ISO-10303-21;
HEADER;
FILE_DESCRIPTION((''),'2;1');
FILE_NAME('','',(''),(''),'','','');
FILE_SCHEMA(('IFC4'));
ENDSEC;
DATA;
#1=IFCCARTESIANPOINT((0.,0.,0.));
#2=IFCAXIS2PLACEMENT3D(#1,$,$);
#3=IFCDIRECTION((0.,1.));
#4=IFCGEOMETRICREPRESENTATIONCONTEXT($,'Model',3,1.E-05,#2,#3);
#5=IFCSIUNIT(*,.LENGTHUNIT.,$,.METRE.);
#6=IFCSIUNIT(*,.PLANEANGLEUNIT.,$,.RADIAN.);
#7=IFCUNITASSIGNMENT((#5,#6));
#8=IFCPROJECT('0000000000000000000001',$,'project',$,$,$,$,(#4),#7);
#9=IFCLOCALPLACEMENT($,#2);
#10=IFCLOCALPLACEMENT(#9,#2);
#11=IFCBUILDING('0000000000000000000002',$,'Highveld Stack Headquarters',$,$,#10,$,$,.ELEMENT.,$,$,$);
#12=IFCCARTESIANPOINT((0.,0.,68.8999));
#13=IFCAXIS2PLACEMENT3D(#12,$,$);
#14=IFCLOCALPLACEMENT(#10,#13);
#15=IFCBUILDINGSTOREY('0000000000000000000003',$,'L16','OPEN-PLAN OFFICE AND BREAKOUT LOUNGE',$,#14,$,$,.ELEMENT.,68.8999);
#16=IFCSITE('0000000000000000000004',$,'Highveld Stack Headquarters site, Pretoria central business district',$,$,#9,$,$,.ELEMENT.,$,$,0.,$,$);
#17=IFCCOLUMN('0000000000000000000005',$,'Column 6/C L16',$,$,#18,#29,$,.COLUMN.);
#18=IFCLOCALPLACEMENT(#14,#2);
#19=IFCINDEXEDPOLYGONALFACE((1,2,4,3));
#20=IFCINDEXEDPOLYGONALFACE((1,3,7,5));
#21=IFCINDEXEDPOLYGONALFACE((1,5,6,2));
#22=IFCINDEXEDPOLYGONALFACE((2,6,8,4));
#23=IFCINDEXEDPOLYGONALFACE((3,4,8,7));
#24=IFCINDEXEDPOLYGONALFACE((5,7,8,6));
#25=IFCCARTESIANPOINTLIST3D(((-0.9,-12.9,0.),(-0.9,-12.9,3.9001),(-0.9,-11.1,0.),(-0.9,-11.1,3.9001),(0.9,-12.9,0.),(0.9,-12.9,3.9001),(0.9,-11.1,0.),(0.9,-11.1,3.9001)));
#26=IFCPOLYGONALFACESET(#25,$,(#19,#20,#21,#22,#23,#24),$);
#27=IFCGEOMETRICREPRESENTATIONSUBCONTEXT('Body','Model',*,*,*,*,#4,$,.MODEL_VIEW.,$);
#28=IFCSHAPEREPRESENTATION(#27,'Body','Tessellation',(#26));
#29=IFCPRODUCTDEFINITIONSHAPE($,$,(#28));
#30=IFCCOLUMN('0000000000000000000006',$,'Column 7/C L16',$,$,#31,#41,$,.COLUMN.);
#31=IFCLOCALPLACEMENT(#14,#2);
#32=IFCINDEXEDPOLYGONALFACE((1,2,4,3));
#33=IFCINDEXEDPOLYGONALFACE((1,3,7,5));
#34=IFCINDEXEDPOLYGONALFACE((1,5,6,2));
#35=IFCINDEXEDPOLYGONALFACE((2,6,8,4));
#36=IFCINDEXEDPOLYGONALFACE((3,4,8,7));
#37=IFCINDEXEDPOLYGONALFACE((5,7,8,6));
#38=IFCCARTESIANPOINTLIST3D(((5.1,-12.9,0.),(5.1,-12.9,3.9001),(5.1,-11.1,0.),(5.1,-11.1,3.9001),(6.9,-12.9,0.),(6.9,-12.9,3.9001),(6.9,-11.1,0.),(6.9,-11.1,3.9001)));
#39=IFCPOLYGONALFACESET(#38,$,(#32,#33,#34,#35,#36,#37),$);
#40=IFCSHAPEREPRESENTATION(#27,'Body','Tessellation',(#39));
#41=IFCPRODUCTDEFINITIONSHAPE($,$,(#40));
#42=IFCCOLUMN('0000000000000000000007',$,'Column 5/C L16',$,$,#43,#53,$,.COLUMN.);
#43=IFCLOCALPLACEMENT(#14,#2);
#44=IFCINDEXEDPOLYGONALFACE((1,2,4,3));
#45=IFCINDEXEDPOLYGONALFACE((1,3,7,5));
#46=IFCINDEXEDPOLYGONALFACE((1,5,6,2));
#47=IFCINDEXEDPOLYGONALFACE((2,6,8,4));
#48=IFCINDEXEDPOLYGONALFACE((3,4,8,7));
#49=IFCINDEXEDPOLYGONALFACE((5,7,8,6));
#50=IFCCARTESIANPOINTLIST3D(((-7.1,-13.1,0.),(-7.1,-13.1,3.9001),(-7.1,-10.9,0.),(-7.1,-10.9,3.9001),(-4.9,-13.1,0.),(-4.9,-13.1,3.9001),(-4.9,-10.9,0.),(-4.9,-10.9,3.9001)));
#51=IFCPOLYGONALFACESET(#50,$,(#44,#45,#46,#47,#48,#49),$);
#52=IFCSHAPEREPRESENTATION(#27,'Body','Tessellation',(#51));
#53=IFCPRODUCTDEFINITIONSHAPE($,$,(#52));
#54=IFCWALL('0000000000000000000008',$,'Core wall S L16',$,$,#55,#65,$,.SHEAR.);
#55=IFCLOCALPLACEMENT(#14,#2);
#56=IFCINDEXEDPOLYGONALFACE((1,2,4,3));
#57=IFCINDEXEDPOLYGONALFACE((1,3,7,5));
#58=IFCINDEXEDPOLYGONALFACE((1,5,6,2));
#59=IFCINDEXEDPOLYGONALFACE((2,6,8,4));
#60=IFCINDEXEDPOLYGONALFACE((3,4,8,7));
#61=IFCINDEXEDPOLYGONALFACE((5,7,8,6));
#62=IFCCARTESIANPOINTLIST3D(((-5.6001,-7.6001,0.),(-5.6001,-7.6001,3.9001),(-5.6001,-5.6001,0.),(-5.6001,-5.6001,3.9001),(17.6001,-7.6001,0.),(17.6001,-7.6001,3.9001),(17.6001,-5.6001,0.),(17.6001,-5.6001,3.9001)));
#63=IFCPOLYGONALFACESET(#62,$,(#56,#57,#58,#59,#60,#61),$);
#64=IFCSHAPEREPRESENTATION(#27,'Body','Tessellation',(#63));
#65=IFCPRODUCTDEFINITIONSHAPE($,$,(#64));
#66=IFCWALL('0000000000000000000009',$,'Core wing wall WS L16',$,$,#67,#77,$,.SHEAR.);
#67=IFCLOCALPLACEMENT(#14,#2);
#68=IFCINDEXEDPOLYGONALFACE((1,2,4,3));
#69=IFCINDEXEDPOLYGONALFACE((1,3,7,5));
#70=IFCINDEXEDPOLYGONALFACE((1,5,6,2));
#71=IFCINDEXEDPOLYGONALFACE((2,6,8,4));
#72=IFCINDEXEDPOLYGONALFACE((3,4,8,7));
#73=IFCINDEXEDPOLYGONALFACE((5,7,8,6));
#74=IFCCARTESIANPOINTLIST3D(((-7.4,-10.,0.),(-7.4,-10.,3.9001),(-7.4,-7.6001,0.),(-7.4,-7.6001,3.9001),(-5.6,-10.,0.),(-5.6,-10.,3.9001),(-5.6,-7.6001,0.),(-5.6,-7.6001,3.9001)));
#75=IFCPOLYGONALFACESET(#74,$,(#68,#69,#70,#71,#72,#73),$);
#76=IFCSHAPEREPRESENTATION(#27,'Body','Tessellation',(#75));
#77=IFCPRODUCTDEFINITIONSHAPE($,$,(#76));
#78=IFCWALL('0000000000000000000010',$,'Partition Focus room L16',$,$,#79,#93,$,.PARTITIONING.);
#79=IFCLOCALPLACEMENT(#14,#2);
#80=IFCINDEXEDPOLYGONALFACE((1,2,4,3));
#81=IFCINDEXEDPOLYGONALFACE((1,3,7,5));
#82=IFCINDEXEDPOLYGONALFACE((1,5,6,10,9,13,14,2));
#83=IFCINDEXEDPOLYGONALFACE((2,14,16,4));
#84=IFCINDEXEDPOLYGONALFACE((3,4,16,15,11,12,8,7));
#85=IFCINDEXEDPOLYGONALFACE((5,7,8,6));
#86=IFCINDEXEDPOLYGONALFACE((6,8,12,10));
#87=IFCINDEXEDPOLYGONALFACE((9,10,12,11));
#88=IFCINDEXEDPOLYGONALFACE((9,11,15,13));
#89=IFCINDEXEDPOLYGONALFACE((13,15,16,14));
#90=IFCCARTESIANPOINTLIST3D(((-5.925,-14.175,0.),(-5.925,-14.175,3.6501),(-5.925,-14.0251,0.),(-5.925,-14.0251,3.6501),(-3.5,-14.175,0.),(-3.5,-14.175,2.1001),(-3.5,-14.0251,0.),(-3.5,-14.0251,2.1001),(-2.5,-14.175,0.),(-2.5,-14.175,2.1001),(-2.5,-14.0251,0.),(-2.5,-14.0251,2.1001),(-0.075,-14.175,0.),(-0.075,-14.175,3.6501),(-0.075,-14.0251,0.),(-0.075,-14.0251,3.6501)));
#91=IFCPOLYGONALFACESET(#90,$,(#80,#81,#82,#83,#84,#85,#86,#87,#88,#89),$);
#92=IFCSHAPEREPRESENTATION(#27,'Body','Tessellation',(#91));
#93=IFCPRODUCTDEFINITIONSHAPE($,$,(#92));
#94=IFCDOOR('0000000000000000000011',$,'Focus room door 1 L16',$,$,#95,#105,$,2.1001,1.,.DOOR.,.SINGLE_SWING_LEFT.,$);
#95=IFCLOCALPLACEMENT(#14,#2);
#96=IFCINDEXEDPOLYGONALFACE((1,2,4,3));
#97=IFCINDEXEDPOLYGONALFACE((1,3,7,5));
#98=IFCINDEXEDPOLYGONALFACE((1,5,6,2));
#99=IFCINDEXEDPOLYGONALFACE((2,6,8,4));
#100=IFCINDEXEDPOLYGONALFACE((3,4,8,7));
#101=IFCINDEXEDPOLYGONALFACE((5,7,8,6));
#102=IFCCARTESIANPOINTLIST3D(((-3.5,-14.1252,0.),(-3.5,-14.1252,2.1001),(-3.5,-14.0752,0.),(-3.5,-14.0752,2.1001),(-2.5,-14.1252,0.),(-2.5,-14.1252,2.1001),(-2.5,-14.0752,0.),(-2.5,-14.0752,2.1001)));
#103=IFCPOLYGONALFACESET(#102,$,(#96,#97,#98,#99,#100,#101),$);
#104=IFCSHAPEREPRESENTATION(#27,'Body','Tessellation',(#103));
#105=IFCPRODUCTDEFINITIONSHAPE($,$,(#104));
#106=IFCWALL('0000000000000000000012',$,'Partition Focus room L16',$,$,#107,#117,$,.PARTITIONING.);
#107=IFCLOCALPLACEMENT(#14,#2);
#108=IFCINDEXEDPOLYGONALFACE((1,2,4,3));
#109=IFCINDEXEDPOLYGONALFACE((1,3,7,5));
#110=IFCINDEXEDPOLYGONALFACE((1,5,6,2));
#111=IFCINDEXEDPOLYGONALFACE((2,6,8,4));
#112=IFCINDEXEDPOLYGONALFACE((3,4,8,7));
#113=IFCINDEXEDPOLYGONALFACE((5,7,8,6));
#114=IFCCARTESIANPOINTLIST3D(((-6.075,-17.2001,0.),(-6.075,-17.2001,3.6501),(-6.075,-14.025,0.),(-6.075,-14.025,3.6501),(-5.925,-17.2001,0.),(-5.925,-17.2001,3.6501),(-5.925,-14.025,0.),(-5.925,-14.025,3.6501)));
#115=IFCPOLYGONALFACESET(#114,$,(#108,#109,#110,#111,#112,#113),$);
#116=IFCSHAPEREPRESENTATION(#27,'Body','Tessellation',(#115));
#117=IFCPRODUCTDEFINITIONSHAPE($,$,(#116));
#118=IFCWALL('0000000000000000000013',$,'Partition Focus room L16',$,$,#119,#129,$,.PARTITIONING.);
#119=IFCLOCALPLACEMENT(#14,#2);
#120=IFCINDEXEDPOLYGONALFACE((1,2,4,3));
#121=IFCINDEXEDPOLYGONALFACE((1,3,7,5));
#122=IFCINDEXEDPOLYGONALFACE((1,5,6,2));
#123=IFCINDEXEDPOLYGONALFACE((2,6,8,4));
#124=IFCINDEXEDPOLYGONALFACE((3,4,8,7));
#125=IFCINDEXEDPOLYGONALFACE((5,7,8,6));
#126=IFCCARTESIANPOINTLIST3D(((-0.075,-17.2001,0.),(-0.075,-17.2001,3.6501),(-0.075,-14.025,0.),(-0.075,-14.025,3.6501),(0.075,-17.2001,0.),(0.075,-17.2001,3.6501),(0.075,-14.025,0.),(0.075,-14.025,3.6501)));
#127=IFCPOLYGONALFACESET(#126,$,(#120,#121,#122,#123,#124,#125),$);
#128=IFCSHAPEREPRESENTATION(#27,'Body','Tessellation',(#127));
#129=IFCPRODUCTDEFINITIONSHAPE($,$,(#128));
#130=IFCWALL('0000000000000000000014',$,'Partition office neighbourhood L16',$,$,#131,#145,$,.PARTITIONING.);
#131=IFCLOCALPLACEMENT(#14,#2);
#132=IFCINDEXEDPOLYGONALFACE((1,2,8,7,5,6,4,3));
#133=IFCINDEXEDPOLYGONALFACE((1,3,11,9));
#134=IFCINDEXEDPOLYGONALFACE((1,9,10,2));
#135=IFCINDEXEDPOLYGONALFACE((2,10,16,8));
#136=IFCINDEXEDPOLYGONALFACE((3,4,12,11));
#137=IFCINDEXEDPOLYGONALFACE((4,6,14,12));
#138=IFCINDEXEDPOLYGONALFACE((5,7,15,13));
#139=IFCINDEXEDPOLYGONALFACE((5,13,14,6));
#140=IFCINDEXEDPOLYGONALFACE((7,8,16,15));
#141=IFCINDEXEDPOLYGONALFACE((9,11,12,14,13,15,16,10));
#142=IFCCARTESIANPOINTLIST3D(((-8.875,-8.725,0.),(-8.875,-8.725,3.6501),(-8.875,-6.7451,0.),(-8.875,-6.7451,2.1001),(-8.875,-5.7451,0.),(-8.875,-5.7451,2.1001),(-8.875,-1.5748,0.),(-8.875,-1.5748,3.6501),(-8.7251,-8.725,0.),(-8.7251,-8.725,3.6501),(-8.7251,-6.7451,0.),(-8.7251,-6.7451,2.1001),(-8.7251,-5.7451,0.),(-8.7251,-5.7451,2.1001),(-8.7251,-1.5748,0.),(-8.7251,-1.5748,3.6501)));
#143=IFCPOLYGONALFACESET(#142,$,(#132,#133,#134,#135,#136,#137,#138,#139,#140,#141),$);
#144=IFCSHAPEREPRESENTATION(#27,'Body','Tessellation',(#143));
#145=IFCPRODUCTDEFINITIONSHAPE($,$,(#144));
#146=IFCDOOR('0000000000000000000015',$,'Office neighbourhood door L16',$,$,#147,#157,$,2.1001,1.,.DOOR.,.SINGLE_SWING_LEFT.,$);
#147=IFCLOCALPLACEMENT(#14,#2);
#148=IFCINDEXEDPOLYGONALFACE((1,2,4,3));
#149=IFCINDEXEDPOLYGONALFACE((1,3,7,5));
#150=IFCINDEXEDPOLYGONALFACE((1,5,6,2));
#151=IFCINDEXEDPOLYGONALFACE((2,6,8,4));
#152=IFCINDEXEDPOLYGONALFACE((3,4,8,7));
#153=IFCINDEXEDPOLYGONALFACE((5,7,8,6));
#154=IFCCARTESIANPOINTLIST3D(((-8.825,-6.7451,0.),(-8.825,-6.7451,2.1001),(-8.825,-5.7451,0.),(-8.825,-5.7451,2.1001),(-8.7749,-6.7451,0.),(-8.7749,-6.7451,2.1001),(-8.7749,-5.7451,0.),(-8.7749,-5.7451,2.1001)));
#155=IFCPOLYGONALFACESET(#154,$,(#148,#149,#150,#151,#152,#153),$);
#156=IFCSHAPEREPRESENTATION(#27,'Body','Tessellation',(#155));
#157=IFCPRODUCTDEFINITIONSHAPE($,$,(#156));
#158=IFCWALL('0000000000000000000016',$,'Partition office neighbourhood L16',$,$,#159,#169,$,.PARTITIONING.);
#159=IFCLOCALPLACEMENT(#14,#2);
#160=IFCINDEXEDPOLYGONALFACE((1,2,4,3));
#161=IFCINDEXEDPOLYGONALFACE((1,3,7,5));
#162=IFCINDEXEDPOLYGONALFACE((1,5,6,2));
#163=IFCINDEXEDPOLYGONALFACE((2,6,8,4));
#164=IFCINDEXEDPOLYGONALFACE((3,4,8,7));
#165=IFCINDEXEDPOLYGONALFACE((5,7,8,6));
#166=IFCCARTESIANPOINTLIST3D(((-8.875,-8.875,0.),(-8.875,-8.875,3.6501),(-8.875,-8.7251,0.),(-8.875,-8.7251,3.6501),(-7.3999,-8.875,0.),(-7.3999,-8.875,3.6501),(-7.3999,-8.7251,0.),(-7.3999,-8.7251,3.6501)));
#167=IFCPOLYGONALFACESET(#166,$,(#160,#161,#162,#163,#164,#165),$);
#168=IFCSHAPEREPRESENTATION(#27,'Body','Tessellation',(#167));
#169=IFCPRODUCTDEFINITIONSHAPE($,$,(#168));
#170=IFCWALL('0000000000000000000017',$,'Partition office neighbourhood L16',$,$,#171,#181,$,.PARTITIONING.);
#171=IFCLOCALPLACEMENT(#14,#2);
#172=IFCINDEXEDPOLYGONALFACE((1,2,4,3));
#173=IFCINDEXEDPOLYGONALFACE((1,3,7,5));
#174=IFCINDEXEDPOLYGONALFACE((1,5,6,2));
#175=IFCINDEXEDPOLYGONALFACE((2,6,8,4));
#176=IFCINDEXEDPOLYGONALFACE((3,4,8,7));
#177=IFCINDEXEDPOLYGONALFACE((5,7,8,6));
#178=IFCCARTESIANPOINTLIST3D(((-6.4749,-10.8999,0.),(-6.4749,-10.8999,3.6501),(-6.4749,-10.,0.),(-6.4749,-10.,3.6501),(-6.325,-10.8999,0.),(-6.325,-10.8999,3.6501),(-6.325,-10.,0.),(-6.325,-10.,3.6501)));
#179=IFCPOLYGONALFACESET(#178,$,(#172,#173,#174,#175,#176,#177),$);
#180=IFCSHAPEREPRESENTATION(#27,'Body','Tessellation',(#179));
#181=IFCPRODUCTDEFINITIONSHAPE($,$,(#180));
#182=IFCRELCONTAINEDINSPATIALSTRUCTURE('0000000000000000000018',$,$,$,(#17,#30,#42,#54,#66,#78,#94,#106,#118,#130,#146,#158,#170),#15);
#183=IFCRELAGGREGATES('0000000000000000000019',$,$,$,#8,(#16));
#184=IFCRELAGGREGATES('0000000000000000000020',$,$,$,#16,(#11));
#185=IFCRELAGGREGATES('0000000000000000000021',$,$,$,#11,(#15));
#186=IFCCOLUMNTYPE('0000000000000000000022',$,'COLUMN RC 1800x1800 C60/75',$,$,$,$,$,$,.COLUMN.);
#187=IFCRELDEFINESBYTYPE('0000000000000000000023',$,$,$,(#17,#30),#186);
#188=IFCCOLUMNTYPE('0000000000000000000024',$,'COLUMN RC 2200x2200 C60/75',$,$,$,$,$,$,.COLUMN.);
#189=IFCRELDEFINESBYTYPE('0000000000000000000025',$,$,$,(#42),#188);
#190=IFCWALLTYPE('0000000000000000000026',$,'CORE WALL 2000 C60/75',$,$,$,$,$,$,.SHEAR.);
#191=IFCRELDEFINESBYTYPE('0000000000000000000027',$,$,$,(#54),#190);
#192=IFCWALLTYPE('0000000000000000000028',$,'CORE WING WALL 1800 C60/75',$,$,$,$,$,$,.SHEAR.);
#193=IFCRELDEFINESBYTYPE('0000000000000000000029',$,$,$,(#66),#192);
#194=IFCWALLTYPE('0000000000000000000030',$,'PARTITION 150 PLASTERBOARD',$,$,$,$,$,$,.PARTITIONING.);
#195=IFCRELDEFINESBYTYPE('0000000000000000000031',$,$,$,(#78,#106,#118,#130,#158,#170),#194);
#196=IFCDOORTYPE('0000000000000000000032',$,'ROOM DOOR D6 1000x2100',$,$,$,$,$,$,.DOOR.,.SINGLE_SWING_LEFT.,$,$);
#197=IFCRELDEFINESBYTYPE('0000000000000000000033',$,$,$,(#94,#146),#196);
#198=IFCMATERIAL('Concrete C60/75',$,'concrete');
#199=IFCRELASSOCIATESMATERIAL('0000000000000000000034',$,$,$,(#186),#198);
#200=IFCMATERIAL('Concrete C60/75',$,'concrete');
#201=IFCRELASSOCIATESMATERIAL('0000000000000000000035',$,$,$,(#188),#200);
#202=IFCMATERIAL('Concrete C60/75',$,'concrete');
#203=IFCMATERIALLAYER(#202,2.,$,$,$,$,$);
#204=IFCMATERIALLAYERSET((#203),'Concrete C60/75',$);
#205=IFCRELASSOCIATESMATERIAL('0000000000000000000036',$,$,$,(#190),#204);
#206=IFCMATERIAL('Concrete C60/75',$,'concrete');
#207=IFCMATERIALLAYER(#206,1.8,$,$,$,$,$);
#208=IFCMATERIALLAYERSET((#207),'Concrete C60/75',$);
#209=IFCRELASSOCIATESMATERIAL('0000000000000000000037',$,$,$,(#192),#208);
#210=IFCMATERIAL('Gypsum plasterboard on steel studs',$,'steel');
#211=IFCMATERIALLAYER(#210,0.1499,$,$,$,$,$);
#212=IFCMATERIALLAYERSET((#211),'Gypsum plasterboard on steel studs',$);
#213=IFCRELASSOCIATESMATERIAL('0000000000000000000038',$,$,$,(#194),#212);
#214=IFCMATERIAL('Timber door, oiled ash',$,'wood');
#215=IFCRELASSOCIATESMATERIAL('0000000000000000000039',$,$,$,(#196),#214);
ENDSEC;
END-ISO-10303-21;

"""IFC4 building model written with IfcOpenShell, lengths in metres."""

from ifc_helpers import new_model, si_unit, direction, frame, frame_2d, origin, origin_2d, place, context, subcontext, project, spatial, rectangle, extrude, material, layer, layer_set, material_profile, profile_set, type_object, element, fill, save


model = new_model("IFC4")

# Units and contexts
model_context = context("Model", 3, precision=1e-05, world=origin(), true_north=direction((0.0, 1.0)))
body_context = subcontext(model_context, "Body", "Model", "MODEL_VIEW")
ifc_project = project(units=[si_unit("LENGTHUNIT", "METRE"), si_unit("PLANEANGLEUNIT", "RADIAN")], contexts=[model_context])

# Site, building, storey
site_placement = place(None, origin())
site = spatial("IfcSite", under=ifc_project, at=site_placement, Name="Highveld Stack Headquarters site, Pretoria central business district", CompositionType="ELEMENT", RefElevation=0.0)
building_placement = place(site_placement, origin())
building = spatial("IfcBuilding", under=site, at=building_placement, Name="Highveld Stack Headquarters", CompositionType="ELEMENT")
storey_placement = place(building_placement, frame((0.0, 0.0, 68.8999)))
storey = spatial("IfcBuildingStorey", under=building, at=storey_placement, Name="L16", Description="OPEN-PLAN OFFICE AND BREAKOUT LOUNGE", CompositionType="ELEMENT", Elevation=68.8999)

# Columns
ifc_material_1 = material(Name="Concrete C60/75", Category="concrete")
ifc_material_profile_1 = material_profile(ifc_material_1, rectangle(XDim=1.8, YDim=1.8, at=origin_2d()), Name="RC 1800x1800")
ifc_profile_set_1 = profile_set([ifc_material_profile_1], Name="Concrete C60/75")
column_type_1 = type_object("IfcColumnType", Name="COLUMN RC 1800x1800 C60/75", PredefinedType="COLUMN", material=ifc_profile_set_1)
for number, where, z_axis, x_axis, name in (
    (1, (0.0, -12.0, 0.0), (0.0, 0.0, 1.0), (1.0, 0.0, 0.0), "Column 6/C L16"),
    (2, (6.0, -12.0, 0.0), (0.0, 0.0, 1.0), (1.0, 0.0, 0.0), "Column 7/C L16"),
):
    element("IfcColumn", number, at=place(storey_placement, frame(where, z_axis=z_axis, x_axis=x_axis)), inside=storey, type_object=column_type_1, Name=name, PredefinedType="COLUMN", context=body_context, shape_type="SweptSolid", body=[
        extrude(rectangle(XDim=1.8, YDim=1.8, at=origin_2d()), origin(), (0.0, 0.0, 1.0), 3.9001),
    ])
ifc_material_2 = material(Name="Concrete C60/75", Category="concrete")
ifc_material_profile_2 = material_profile(ifc_material_2, rectangle(XDim=2.2, YDim=2.2, at=origin_2d()), Name="RC 2200x2200")
ifc_profile_set_2 = profile_set([ifc_material_profile_2], Name="Concrete C60/75")
column_type_2 = type_object("IfcColumnType", Name="COLUMN RC 2200x2200 C60/75", PredefinedType="COLUMN", material=ifc_profile_set_2)
column_placement = place(storey_placement, frame((-6.0, -12.0, 0.0), z_axis=(0.0, 0.0, 1.0), x_axis=(1.0, 0.0, 0.0)))
element("IfcColumn", 3, at=column_placement, inside=storey, type_object=column_type_2, Name="Column 5/C L16", PredefinedType="COLUMN", context=body_context, shape_type="SweptSolid", body=[
    extrude(rectangle(XDim=2.2, YDim=2.2, at=origin_2d()), origin(), (0.0, 0.0, 1.0), 3.9001),
])

# Walls
ifc_material_3 = material(Name="Concrete C60/75", Category="concrete")
ifc_layer_1 = layer(ifc_material_3, 2.0)
ifc_layer_set_1 = layer_set([ifc_layer_1], Name="Concrete C60/75")
wall_type_1 = type_object("IfcWallType", Name="CORE WALL 2000 C60/75", PredefinedType="SHEAR", material=ifc_layer_set_1)
wall_1_placement = place(storey_placement, frame((-5.6001, -6.6001, 0.0), z_axis=(0.0, 0.0, 1.0), x_axis=(1.0, 0.0, 0.0)))
element("IfcWall", 4, at=wall_1_placement, inside=storey, type_object=wall_type_1, Name="Core wall S L16", PredefinedType="SHEAR", context=body_context, shape_type="SweptSolid", body=[
    extrude(rectangle(XDim=23.2002, YDim=2.0, at=frame_2d((11.6001, 0.0))), origin(), (0.0, 0.0, 1.0), 3.9001),
])
ifc_material_4 = material(Name="Concrete C60/75", Category="concrete")
ifc_layer_2 = layer(ifc_material_4, 1.8)
ifc_layer_set_2 = layer_set([ifc_layer_2], Name="Concrete C60/75")
wall_type_2 = type_object("IfcWallType", Name="CORE WING WALL 1800 C60/75", PredefinedType="SHEAR", material=ifc_layer_set_2)
wall_2_placement = place(storey_placement, frame((-6.5, -10.0, 0.0), z_axis=(0.0, 0.0, 1.0), x_axis=(0.0, 1.0, 0.0)))
element("IfcWall", 5, at=wall_2_placement, inside=storey, type_object=wall_type_2, Name="Core wing wall WS L16", PredefinedType="SHEAR", context=body_context, shape_type="SweptSolid", body=[
    extrude(rectangle(XDim=2.3999, YDim=1.8, at=frame_2d((1.2, 0.0))), origin(), (0.0, 0.0, 1.0), 3.9001),
])

# Wall, opening, door
ifc_material_5 = material(Name="Gypsum plasterboard on steel studs", Category="steel")
ifc_layer_3 = layer(ifc_material_5, 0.1499)
ifc_layer_set_3 = layer_set([ifc_layer_3], Name="Gypsum plasterboard on steel studs")
wall_type_3 = type_object("IfcWallType", Name="PARTITION 150 PLASTERBOARD", PredefinedType="PARTITIONING", material=ifc_layer_set_3)
wall_3_placement = place(storey_placement, frame((-5.925, -14.1001, 0.0), z_axis=(0.0, 0.0, 1.0), x_axis=(1.0, 0.0, 0.0)))
wall_3 = element("IfcWall", 6, at=wall_3_placement, inside=storey, type_object=wall_type_3, Name="Partition Focus room L16", PredefinedType="PARTITIONING", context=body_context, shape_type="SweptSolid", body=[
    extrude(rectangle(XDim=5.8501, YDim=0.1499, at=frame_2d((2.925, 0.0))), origin(), (0.0, 0.0, 1.0), 3.6501),
])
opening_1_placement = place(wall_3_placement, frame((2.425, 0.0, 0.0)))
opening_1 = element("IfcOpeningElement", 7, at=opening_1_placement, cuts=wall_3, PredefinedType="OPENING", context=body_context, shape_type="SweptSolid", body=[
    extrude(rectangle(XDim=1.0, YDim=2.1001, at=frame_2d((0.5, 1.05))), frame((0.0, 0.085, 0.0), z_axis=(0.0, -1.0, 0.0), x_axis=(1.0, 0.0, 0.0)), (0.0, 0.0, 1.0), 0.1699),
])
ifc_material_6 = material(Name="Timber door, oiled ash", Category="wood")
door_type_1 = type_object("IfcDoorType", Name="ROOM DOOR D6 1000x2100", OperationType="SINGLE_SWING_LEFT", PredefinedType="DOOR", material=ifc_material_6)
door_1_placement = place(opening_1_placement, origin())
door_1 = element("IfcDoor", 8, at=door_1_placement, inside=storey, type_object=door_type_1, Name="Focus room door 1 L16", OperationType="SINGLE_SWING_LEFT", OverallHeight=2.1001, OverallWidth=1.0, PredefinedType="DOOR", context=body_context, shape_type="SweptSolid", body=[
    extrude(rectangle(XDim=1.0, YDim=2.1001, at=frame_2d((0.5, 1.05))), frame((0.0, 0.0249, 0.0), z_axis=(0.0, -1.0, 0.0), x_axis=(1.0, 0.0, 0.0)), (0.0, 0.0, 1.0), 0.05),
])
fill(opening_1, door_1)

# Walls
for number, where, z_axis, x_axis, name in (
    (9, (-6.0, -17.2, 0.0), (0.0, 0.0, 1.0), (0.0, 1.0, 0.0), "Partition Focus room L16"),
    (10, (0.0, -17.2, 0.0), (0.0, 0.0, 1.0), (0.0, 1.0, 0.0), "Partition Focus room L16"),
):
    element("IfcWall", number, at=place(storey_placement, frame(where, z_axis=z_axis, x_axis=x_axis)), inside=storey, type_object=wall_type_3, Name=name, PredefinedType="PARTITIONING", context=body_context, shape_type="SweptSolid", body=[
        extrude(rectangle(XDim=3.175, YDim=0.1499, at=frame_2d((1.5874, 0.0))), origin(), (0.0, 0.0, 1.0), 3.6501),
    ])

# Wall, opening, door
wall_4_placement = place(storey_placement, frame((-8.8, -8.7251, 0.0), z_axis=(0.0, 0.0, 1.0), x_axis=(0.0, 1.0, 0.0)))
wall_4 = element("IfcWall", 11, at=wall_4_placement, inside=storey, type_object=wall_type_3, Name="Partition office neighbourhood L16", PredefinedType="PARTITIONING", context=body_context, shape_type="SweptSolid", body=[
    extrude(rectangle(XDim=7.1501, YDim=0.1499, at=frame_2d((3.5752, 0.0))), origin(), (0.0, 0.0, 1.0), 3.6501),
])
opening_2_placement = place(wall_4_placement, frame((1.98, 0.0, 0.0)))
opening_2 = element("IfcOpeningElement", 12, at=opening_2_placement, cuts=wall_4, PredefinedType="OPENING", context=body_context, shape_type="SweptSolid", body=[
    extrude(rectangle(XDim=1.0, YDim=2.1001, at=frame_2d((0.5, 1.05))), frame((0.0, 0.085, 0.0), z_axis=(0.0, -1.0, 0.0), x_axis=(1.0, 0.0, 0.0)), (0.0, 0.0, 1.0), 0.1699),
])
door_2_placement = place(opening_2_placement, origin())
door_2 = element("IfcDoor", 13, at=door_2_placement, inside=storey, type_object=door_type_1, Name="Office neighbourhood door L16", OperationType="SINGLE_SWING_LEFT", OverallHeight=2.1001, OverallWidth=1.0, PredefinedType="DOOR", context=body_context, shape_type="SweptSolid", body=[
    extrude(rectangle(XDim=1.0, YDim=2.1001, at=frame_2d((0.5, 1.05))), frame((0.0, 0.0249, 0.0), z_axis=(0.0, -1.0, 0.0), x_axis=(1.0, 0.0, 0.0)), (0.0, 0.0, 1.0), 0.05),
])
fill(opening_2, door_2)

# Walls
wall_5_placement = place(storey_placement, frame((-8.875, -8.8, 0.0), z_axis=(0.0, 0.0, 1.0), x_axis=(1.0, 0.0, 0.0)))
element("IfcWall", 14, at=wall_5_placement, inside=storey, type_object=wall_type_3, Name="Partition office neighbourhood L16", PredefinedType="PARTITIONING", context=body_context, shape_type="SweptSolid", body=[
    extrude(rectangle(XDim=1.4751, YDim=0.1499, at=frame_2d((0.7375, 0.0))), origin(), (0.0, 0.0, 1.0), 3.6501),
])
wall_6_placement = place(storey_placement, frame((-6.3999, -10.8999, 0.0), z_axis=(0.0, 0.0, 1.0), x_axis=(0.0, 1.0, 0.0)))
element("IfcWall", 15, at=wall_6_placement, inside=storey, type_object=wall_type_3, Name="Partition office neighbourhood L16", PredefinedType="PARTITIONING", context=body_context, shape_type="SweptSolid", body=[
    extrude(rectangle(XDim=0.8999, YDim=0.1499, at=frame_2d((0.45, 0.0))), origin(), (0.0, 0.0, 1.0), 3.6501),
])

save(model, "model.ifc")
